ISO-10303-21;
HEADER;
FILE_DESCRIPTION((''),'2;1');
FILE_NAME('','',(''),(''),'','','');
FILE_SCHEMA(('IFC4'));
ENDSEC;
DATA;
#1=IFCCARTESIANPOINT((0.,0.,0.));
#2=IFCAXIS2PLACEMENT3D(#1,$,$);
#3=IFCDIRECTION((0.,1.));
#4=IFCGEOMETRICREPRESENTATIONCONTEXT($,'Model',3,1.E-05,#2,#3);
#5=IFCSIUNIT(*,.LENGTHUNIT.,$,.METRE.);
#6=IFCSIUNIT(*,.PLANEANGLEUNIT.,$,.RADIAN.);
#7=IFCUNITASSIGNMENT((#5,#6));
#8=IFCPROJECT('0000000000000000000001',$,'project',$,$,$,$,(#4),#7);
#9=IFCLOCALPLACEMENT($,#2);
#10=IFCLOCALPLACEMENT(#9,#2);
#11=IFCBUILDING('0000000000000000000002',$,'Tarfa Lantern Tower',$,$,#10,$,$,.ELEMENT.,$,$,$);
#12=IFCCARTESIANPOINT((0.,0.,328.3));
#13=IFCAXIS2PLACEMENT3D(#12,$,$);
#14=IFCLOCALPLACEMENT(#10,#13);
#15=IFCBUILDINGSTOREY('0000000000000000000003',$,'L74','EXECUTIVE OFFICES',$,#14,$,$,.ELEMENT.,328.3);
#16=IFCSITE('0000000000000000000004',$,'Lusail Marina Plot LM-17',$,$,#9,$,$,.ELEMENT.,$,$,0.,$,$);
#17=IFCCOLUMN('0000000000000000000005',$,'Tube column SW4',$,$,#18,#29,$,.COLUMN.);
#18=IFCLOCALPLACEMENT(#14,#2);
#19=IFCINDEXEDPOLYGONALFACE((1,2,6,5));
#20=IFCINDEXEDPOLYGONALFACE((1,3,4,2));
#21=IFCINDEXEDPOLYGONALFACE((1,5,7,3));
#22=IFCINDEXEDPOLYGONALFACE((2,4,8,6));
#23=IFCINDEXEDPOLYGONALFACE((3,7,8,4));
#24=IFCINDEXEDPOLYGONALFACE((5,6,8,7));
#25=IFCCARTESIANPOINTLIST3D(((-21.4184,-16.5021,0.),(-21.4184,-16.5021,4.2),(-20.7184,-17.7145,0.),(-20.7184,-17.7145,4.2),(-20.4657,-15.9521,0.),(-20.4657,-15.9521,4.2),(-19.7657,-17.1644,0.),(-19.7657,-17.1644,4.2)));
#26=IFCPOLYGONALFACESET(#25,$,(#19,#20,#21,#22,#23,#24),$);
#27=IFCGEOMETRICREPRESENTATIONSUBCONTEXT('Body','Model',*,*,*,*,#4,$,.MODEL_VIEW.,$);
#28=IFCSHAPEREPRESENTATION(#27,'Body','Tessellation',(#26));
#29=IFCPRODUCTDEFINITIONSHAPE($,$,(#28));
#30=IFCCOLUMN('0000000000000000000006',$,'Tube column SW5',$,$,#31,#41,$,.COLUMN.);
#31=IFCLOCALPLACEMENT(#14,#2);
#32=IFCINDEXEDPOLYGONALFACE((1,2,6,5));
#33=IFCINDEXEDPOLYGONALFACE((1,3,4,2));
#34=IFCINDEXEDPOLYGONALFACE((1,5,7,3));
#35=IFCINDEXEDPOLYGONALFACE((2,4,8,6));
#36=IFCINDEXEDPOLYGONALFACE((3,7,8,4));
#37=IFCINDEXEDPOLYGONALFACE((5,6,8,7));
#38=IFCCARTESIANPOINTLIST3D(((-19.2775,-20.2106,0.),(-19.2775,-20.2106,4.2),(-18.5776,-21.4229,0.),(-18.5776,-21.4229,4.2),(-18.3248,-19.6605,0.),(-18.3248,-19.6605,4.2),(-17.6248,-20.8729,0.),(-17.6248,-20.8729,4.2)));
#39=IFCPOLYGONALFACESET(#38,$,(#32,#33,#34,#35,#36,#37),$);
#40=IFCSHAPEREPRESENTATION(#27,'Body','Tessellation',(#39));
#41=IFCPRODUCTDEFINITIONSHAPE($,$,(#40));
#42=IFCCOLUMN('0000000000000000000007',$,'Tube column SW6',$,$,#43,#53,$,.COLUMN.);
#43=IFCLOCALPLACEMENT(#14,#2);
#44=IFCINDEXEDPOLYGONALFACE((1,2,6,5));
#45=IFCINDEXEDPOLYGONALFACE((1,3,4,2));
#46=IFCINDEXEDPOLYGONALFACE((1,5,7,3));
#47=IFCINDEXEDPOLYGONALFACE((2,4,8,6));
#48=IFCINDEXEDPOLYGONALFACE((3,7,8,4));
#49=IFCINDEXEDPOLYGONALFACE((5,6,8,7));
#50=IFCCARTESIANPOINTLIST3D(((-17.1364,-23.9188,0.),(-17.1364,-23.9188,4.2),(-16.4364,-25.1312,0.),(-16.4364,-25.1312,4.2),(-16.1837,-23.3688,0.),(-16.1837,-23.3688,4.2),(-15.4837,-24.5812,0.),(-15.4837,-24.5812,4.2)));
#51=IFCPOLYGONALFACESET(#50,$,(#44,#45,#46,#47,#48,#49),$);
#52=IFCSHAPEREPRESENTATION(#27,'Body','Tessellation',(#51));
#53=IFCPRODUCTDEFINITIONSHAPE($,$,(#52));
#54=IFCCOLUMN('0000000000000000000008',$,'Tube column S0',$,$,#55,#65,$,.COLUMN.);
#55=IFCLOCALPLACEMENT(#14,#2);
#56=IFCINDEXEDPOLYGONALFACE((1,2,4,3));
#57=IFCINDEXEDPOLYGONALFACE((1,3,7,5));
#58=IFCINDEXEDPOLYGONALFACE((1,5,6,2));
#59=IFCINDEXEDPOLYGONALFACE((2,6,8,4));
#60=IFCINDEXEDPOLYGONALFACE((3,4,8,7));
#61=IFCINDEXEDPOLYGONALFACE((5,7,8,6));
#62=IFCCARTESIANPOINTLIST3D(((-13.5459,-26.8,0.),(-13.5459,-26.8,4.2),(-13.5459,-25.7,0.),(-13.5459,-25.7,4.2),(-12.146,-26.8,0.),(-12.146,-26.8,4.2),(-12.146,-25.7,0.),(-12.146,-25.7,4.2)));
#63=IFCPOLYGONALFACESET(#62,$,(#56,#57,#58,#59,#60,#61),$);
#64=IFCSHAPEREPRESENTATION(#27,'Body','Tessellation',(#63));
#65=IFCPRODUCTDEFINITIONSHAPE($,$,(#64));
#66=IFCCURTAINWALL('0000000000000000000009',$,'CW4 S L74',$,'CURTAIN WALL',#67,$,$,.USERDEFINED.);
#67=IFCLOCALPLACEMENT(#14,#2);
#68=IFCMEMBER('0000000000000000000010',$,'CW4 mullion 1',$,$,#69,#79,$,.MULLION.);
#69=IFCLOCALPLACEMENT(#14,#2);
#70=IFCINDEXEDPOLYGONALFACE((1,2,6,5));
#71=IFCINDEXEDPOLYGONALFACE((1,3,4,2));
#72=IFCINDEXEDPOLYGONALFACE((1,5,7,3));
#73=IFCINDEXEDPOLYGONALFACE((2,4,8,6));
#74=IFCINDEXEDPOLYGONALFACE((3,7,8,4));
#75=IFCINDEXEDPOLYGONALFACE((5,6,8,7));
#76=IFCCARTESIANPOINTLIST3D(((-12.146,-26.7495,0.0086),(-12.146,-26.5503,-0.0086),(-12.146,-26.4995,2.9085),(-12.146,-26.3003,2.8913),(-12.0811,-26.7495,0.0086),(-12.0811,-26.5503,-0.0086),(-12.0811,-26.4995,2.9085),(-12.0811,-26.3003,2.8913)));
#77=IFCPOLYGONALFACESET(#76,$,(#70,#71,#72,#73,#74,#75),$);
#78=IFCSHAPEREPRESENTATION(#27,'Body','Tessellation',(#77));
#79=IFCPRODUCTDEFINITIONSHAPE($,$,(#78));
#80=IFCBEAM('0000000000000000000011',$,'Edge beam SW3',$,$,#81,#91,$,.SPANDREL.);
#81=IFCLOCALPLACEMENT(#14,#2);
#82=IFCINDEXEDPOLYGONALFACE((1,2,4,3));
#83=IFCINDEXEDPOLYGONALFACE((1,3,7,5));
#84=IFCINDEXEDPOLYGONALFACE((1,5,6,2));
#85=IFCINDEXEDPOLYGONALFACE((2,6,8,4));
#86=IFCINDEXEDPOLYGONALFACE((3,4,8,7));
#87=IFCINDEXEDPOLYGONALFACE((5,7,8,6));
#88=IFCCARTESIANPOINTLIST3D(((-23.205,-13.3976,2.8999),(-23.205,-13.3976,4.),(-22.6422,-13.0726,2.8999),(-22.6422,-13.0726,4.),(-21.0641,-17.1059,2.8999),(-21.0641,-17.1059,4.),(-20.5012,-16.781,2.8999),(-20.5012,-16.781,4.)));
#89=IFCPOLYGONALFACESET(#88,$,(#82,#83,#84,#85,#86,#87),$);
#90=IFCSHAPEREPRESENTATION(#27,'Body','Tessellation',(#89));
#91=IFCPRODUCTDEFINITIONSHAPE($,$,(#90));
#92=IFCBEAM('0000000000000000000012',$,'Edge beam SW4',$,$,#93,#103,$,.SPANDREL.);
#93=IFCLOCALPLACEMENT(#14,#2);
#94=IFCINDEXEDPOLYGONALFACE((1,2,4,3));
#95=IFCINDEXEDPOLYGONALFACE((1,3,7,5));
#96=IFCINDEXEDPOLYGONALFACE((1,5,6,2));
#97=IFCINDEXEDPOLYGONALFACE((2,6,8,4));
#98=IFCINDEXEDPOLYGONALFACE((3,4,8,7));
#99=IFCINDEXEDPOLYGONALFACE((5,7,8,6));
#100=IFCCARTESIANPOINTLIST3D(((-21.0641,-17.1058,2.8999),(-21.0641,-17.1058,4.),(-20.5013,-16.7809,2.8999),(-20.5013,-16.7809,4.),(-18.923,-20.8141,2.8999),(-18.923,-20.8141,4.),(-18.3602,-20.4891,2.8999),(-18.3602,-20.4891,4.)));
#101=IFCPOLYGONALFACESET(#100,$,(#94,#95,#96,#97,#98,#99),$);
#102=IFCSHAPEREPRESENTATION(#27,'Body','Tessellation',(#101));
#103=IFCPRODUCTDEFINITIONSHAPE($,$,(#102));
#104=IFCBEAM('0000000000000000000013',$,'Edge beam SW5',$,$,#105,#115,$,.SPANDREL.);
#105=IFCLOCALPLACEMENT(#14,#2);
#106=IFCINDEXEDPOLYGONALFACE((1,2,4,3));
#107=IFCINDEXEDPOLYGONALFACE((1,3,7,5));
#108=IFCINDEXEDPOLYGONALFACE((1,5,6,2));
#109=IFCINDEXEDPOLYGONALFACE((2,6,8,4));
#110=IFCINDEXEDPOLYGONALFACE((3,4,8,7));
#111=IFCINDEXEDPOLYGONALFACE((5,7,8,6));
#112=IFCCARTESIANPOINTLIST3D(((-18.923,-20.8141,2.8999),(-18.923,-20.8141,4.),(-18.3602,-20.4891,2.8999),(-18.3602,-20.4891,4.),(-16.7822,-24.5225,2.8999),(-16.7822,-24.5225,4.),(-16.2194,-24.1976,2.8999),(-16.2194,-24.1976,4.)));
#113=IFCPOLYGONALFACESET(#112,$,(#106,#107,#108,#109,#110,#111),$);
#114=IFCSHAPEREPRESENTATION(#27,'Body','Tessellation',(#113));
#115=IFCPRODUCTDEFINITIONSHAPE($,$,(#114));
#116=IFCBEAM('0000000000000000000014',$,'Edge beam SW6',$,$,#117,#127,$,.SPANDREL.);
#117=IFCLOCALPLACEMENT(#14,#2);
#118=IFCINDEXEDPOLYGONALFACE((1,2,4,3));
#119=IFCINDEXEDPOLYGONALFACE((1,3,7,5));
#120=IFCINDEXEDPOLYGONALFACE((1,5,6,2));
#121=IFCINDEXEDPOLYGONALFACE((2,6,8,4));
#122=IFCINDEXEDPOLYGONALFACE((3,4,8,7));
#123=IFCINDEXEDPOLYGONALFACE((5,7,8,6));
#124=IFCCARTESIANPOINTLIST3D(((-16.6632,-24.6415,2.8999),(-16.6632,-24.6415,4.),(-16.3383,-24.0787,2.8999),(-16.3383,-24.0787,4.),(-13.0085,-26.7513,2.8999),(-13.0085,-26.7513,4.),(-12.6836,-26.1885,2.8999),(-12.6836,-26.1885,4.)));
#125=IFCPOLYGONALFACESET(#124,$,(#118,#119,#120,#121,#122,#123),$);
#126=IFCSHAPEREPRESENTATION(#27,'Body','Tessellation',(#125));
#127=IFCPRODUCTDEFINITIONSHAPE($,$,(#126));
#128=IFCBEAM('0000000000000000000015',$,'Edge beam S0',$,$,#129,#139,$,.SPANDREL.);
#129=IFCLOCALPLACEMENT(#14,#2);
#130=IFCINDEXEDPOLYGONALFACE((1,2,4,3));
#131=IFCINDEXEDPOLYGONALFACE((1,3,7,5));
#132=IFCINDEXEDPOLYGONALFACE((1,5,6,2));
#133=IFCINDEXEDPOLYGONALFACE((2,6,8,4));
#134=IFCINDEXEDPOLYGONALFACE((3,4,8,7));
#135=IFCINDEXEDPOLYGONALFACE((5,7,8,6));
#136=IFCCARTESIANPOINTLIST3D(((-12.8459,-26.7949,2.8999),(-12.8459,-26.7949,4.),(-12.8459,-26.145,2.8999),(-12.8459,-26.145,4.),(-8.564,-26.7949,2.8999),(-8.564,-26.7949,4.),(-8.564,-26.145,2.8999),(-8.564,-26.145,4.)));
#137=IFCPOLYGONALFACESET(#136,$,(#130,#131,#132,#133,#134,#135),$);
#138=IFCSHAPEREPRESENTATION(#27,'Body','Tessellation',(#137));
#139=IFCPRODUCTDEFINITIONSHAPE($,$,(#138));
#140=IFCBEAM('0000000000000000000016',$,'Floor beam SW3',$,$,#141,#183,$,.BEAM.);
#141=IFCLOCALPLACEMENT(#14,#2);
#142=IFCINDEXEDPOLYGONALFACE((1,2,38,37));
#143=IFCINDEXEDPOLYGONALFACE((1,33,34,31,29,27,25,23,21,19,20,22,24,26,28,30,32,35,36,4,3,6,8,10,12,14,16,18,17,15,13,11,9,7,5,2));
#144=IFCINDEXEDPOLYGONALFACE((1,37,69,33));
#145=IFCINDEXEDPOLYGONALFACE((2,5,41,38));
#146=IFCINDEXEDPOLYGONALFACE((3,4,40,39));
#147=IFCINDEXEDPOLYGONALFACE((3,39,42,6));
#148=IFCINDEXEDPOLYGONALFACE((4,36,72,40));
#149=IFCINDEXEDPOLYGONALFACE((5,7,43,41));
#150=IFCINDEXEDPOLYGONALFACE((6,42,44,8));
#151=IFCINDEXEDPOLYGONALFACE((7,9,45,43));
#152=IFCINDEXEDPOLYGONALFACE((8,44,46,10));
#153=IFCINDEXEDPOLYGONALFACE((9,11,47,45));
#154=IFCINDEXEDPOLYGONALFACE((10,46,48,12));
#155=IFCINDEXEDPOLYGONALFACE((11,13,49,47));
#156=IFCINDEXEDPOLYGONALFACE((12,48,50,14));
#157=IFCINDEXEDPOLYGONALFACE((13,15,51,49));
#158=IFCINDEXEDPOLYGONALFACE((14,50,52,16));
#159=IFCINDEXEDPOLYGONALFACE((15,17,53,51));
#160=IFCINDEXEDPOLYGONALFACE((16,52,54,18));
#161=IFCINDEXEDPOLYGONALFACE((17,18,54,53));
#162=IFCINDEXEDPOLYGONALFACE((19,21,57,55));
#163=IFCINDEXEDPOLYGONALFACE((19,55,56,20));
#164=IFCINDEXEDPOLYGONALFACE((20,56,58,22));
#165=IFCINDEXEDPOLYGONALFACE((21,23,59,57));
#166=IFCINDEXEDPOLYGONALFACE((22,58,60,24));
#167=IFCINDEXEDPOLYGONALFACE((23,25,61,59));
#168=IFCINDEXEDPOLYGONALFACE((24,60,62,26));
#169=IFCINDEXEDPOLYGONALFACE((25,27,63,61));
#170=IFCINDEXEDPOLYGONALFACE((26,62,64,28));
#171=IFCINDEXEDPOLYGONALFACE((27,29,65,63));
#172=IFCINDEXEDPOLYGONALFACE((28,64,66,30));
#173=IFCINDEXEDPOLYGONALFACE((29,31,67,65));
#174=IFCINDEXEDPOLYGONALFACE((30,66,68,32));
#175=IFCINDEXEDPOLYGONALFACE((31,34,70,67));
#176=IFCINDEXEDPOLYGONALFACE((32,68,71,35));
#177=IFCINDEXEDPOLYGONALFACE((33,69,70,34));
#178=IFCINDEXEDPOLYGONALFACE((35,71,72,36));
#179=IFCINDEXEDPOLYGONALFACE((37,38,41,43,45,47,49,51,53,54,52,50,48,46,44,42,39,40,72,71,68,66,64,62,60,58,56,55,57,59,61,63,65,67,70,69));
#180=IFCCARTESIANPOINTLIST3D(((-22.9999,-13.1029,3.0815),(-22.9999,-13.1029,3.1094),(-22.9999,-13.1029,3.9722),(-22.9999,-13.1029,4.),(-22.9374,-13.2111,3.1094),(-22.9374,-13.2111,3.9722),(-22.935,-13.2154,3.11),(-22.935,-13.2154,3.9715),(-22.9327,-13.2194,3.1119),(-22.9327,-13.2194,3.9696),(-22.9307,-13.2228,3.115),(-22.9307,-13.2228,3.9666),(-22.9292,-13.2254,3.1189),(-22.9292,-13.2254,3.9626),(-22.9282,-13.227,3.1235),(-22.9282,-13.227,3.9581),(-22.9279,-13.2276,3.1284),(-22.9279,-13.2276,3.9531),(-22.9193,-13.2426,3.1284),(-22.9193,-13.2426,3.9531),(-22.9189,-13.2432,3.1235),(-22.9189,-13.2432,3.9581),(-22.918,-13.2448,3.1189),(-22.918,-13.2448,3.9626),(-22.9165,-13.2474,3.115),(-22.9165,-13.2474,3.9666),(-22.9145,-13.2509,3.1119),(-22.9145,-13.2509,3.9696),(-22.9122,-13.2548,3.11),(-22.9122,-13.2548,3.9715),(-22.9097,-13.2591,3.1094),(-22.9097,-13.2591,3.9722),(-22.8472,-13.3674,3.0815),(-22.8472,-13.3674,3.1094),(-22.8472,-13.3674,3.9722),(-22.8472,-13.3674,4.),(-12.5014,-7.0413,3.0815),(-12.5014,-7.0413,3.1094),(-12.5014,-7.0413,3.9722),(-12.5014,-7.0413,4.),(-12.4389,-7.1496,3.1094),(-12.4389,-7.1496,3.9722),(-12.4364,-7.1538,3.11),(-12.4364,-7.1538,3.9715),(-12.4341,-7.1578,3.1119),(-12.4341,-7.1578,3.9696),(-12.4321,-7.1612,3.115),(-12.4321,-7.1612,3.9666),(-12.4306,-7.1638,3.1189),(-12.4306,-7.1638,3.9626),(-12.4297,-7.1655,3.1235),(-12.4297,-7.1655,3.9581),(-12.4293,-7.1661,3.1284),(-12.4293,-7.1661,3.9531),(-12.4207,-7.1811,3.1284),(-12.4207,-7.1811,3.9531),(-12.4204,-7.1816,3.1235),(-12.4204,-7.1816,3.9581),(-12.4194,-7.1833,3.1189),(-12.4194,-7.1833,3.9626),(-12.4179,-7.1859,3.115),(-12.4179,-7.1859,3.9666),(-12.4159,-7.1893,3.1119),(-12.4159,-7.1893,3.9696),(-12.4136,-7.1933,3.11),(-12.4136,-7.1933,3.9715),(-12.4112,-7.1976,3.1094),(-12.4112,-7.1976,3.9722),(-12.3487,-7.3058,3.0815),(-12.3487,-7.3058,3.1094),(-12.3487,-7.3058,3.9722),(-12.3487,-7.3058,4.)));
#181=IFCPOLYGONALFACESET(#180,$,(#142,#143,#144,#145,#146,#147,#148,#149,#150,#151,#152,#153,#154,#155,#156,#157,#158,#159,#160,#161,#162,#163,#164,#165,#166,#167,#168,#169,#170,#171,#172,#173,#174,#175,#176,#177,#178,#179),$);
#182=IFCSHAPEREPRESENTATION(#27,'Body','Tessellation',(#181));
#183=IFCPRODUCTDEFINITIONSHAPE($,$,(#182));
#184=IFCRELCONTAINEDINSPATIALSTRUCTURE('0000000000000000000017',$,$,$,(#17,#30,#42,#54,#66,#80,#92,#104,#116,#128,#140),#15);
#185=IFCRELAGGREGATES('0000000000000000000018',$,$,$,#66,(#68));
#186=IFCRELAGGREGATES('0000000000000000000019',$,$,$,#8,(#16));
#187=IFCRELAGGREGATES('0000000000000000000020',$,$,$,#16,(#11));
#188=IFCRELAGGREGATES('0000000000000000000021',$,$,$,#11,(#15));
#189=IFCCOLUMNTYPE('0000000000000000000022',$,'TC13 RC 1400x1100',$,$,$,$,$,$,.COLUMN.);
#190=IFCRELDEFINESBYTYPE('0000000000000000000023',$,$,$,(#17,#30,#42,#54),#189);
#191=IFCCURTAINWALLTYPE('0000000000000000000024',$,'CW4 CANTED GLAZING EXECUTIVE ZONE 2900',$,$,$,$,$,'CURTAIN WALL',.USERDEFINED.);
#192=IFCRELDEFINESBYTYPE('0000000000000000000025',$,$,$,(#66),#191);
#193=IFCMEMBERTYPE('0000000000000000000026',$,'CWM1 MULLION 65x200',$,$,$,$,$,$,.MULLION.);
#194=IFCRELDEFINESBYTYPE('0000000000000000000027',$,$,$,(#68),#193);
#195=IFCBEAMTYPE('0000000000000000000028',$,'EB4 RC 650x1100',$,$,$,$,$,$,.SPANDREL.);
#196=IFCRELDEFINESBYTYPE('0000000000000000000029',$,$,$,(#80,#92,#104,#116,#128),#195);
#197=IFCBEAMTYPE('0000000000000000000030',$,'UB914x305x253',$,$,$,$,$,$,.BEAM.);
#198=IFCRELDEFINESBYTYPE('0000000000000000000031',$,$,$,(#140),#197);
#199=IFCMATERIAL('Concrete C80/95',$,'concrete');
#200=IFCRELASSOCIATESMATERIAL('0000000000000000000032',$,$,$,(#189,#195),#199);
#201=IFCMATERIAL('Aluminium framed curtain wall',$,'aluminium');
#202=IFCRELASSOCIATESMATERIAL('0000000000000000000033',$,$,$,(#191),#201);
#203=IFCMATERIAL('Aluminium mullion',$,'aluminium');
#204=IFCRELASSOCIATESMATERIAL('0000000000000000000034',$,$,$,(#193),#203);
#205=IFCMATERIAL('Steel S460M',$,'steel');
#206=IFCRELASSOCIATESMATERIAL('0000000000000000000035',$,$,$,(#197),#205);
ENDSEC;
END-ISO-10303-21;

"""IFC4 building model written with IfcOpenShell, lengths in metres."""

from ifc_helpers import new_model, si_unit, direction, frame, origin, origin_2d, place, context, subcontext, project, spatial, rectangle, i_section, extrude, material, material_profile, profile_set, type_object, element, aggregate, save


model = new_model("IFC4")

# Units and contexts
model_context = context("Model", 3, precision=1e-05, world=origin(), true_north=direction((0.0, 1.0)))
body_context = subcontext(model_context, "Body", "Model", "MODEL_VIEW")
ifc_project = project(units=[si_unit("LENGTHUNIT", "METRE"), si_unit("PLANEANGLEUNIT", "RADIAN")], contexts=[model_context])

# Site, building, storey
site_placement = place(None, origin())
site = spatial("IfcSite", under=ifc_project, at=site_placement, Name="Lusail Marina Plot LM-17", CompositionType="ELEMENT", RefElevation=0.0)
building_placement = place(site_placement, origin())
building = spatial("IfcBuilding", under=site, at=building_placement, Name="Tarfa Lantern Tower", CompositionType="ELEMENT")
storey_placement = place(building_placement, frame((0.0, 0.0, 328.3)))
storey = spatial("IfcBuildingStorey", under=building, at=storey_placement, Name="L74", Description="EXECUTIVE OFFICES", CompositionType="ELEMENT", Elevation=328.3)

# Columns
ifc_material_1 = material(Name="Concrete C80/95", Category="concrete")
ifc_material_profile_1 = material_profile(ifc_material_1, rectangle(XDim=1.3999, YDim=1.1001, at=origin_2d()), Name="RC 1400x1100")
ifc_profile_set_1 = profile_set([ifc_material_profile_1], Name="Concrete C80/95")
column_type = type_object("IfcColumnType", Name="TC13 RC 1400x1100", PredefinedType="COLUMN", material=ifc_profile_set_1)
for number, where, z_axis, x_axis, name in (
    (1, (-20.592, -16.8333, 0.0), (0.0, 0.0, 1.0), (0.5, -0.866025, 0.0), "Tube column SW4"),
    (2, (-18.4512, -20.5417, 0.0), (0.0, 0.0, 1.0), (0.5, -0.866025, 0.0), "Tube column SW5"),
    (3, (-16.3101, -24.25, 0.0), (0.0, 0.0, 1.0), (0.5, -0.866025, 0.0), "Tube column SW6"),
    (4, (-12.8459, -26.25, 0.0), (0.0, 0.0, 1.0), (1.0, 0.0, 0.0), "Tube column S0"),
):
    element("IfcColumn", number, at=place(storey_placement, frame(where, z_axis=z_axis, x_axis=x_axis)), inside=storey, type_object=column_type, Name=name, PredefinedType="COLUMN", context=body_context, shape_type="SweptSolid", body=[
        extrude(rectangle(XDim=1.3999, YDim=1.1001, at=origin_2d()), origin(), (0.0, 0.0, 1.0), 4.2),
    ])

# Curtain wall, member
ifc_material_2 = material(Name="Aluminium framed curtain wall", Category="aluminium")
curtain_wall_type = type_object("IfcCurtainWallType", Name="CW4 CANTED GLAZING EXECUTIVE ZONE 2900", ElementType="CURTAIN WALL", PredefinedType="USERDEFINED", material=ifc_material_2)
curtain_wall_placement = place(storey_placement, origin())
curtain_wall = element("IfcCurtainWall", 5, at=curtain_wall_placement, inside=storey, type_object=curtain_wall_type, Name="CW4 S L74", ObjectType="CURTAIN WALL", PredefinedType="USERDEFINED")
ifc_material_3 = material(Name="Aluminium mullion", Category="aluminium")
ifc_material_profile_2 = material_profile(ifc_material_3, rectangle(XDim=0.0649, YDim=0.2, at=origin_2d()), Name="AL MULLION 65x200")
ifc_profile_set_2 = profile_set([ifc_material_profile_2], Name="Aluminium mullion")
member_type = type_object("IfcMemberType", Name="CWM1 MULLION 65x200", PredefinedType="MULLION", material=ifc_profile_set_2)
member_placement = place(storey_placement, frame((-12.1135, -26.6499, 0.0), z_axis=(0.0, 0.085891, 0.996305), x_axis=(-1.0, 0.0, 0.0)))
member = element("IfcMember", 6, at=member_placement, type_object=member_type, Name="CW4 mullion 1", PredefinedType="MULLION", context=body_context, shape_type="SweptSolid", body=[
    extrude(rectangle(XDim=0.0649, YDim=0.2, at=origin_2d()), origin(), (0.0, 0.0, 1.0), 2.9106),
])

# Beams
ifc_material_profile_3 = material_profile(ifc_material_1, rectangle(XDim=0.6499, YDim=1.1001, at=origin_2d()), Name="RC 650x1100")
ifc_profile_set_3 = profile_set([ifc_material_profile_3], Name="Concrete C80/95")
beam_type_1 = type_object("IfcBeamType", Name="EB4 RC 650x1100", PredefinedType="SPANDREL", material=ifc_profile_set_3)
for number, where, z_axis, x_axis, name in (
    (7, (-22.9236, -13.2351, 3.45), (0.499984, -0.866035, 0.0), (0.866035, 0.499984, 0.0), "Edge beam SW3"),
    (8, (-20.7827, -16.9434, 3.45), (0.500027, -0.86601, 0.0), (0.86601, 0.500027, 0.0), "Edge beam SW4"),
    (9, (-18.6416, -20.6516, 3.45), (0.499959, -0.866049, 0.0), (0.866049, 0.499959, 0.0), "Edge beam SW5"),
):
    element("IfcBeam", number, at=place(storey_placement, frame(where, z_axis=z_axis, x_axis=x_axis)), inside=storey, type_object=beam_type_1, Name=name, PredefinedType="SPANDREL", context=body_context, shape_type="SweptSolid", body=[
        extrude(rectangle(XDim=0.6499, YDim=1.1001, at=origin_2d()), origin(), (0.0, 0.0, 1.0), 4.282),
    ])
beam_1_placement = place(storey_placement, frame((-16.5007, -24.3601, 3.45), z_axis=(0.866049, -0.499959, 0.0), x_axis=(0.499959, 0.866049, 0.0)))
element("IfcBeam", 10, at=beam_1_placement, inside=storey, type_object=beam_type_1, Name="Edge beam SW6", PredefinedType="SPANDREL", context=body_context, shape_type="SweptSolid", body=[
    extrude(rectangle(XDim=0.6499, YDim=1.1001, at=origin_2d()), origin(), (0.0, 0.0, 1.0), 4.22),
])
beam_2_placement = place(storey_placement, frame((-12.8459, -26.47, 3.45), z_axis=(1.0, 0.0, 0.0), x_axis=(0.0, 1.0, 0.0)))
element("IfcBeam", 11, at=beam_2_placement, inside=storey, type_object=beam_type_1, Name="Edge beam S0", PredefinedType="SPANDREL", context=body_context, shape_type="SweptSolid", body=[
    extrude(rectangle(XDim=0.6499, YDim=1.1001, at=origin_2d()), origin(), (0.0, 0.0, 1.0), 4.282),
])
ifc_material_4 = material(Name="Steel S460M", Category="steel")
ifc_material_profile_4 = material_profile(ifc_material_4, i_section(OverallWidth=0.3054, OverallDepth=0.9185, WebThickness=0.0173, FlangeThickness=0.0278, FilletRadius=0.019, at=origin_2d()), Name="UB914x305x253")
ifc_profile_set_4 = profile_set([ifc_material_profile_4], Name="Steel S460M")
beam_type_2 = type_object("IfcBeamType", Name="UB914x305x253", PredefinedType="BEAM", material=ifc_profile_set_4)
beam_3_placement = place(storey_placement, frame((-22.9236, -13.2351, 3.5408), z_axis=(0.866019, 0.500012, 0.0), x_axis=(-0.500012, 0.866019, 0.0)))
element("IfcBeam", 12, at=beam_3_placement, inside=storey, type_object=beam_type_2, Name="Floor beam SW3", PredefinedType="BEAM", context=body_context, shape_type="SweptSolid", body=[
    extrude(i_section(OverallWidth=0.3054, OverallDepth=0.9185, WebThickness=0.0173, FlangeThickness=0.0278, FilletRadius=0.019, at=origin_2d()), origin(), (0.0, 0.0, 1.0), 12.1228),
])

aggregate(curtain_wall, [member])

save(model, "model.ifc")
